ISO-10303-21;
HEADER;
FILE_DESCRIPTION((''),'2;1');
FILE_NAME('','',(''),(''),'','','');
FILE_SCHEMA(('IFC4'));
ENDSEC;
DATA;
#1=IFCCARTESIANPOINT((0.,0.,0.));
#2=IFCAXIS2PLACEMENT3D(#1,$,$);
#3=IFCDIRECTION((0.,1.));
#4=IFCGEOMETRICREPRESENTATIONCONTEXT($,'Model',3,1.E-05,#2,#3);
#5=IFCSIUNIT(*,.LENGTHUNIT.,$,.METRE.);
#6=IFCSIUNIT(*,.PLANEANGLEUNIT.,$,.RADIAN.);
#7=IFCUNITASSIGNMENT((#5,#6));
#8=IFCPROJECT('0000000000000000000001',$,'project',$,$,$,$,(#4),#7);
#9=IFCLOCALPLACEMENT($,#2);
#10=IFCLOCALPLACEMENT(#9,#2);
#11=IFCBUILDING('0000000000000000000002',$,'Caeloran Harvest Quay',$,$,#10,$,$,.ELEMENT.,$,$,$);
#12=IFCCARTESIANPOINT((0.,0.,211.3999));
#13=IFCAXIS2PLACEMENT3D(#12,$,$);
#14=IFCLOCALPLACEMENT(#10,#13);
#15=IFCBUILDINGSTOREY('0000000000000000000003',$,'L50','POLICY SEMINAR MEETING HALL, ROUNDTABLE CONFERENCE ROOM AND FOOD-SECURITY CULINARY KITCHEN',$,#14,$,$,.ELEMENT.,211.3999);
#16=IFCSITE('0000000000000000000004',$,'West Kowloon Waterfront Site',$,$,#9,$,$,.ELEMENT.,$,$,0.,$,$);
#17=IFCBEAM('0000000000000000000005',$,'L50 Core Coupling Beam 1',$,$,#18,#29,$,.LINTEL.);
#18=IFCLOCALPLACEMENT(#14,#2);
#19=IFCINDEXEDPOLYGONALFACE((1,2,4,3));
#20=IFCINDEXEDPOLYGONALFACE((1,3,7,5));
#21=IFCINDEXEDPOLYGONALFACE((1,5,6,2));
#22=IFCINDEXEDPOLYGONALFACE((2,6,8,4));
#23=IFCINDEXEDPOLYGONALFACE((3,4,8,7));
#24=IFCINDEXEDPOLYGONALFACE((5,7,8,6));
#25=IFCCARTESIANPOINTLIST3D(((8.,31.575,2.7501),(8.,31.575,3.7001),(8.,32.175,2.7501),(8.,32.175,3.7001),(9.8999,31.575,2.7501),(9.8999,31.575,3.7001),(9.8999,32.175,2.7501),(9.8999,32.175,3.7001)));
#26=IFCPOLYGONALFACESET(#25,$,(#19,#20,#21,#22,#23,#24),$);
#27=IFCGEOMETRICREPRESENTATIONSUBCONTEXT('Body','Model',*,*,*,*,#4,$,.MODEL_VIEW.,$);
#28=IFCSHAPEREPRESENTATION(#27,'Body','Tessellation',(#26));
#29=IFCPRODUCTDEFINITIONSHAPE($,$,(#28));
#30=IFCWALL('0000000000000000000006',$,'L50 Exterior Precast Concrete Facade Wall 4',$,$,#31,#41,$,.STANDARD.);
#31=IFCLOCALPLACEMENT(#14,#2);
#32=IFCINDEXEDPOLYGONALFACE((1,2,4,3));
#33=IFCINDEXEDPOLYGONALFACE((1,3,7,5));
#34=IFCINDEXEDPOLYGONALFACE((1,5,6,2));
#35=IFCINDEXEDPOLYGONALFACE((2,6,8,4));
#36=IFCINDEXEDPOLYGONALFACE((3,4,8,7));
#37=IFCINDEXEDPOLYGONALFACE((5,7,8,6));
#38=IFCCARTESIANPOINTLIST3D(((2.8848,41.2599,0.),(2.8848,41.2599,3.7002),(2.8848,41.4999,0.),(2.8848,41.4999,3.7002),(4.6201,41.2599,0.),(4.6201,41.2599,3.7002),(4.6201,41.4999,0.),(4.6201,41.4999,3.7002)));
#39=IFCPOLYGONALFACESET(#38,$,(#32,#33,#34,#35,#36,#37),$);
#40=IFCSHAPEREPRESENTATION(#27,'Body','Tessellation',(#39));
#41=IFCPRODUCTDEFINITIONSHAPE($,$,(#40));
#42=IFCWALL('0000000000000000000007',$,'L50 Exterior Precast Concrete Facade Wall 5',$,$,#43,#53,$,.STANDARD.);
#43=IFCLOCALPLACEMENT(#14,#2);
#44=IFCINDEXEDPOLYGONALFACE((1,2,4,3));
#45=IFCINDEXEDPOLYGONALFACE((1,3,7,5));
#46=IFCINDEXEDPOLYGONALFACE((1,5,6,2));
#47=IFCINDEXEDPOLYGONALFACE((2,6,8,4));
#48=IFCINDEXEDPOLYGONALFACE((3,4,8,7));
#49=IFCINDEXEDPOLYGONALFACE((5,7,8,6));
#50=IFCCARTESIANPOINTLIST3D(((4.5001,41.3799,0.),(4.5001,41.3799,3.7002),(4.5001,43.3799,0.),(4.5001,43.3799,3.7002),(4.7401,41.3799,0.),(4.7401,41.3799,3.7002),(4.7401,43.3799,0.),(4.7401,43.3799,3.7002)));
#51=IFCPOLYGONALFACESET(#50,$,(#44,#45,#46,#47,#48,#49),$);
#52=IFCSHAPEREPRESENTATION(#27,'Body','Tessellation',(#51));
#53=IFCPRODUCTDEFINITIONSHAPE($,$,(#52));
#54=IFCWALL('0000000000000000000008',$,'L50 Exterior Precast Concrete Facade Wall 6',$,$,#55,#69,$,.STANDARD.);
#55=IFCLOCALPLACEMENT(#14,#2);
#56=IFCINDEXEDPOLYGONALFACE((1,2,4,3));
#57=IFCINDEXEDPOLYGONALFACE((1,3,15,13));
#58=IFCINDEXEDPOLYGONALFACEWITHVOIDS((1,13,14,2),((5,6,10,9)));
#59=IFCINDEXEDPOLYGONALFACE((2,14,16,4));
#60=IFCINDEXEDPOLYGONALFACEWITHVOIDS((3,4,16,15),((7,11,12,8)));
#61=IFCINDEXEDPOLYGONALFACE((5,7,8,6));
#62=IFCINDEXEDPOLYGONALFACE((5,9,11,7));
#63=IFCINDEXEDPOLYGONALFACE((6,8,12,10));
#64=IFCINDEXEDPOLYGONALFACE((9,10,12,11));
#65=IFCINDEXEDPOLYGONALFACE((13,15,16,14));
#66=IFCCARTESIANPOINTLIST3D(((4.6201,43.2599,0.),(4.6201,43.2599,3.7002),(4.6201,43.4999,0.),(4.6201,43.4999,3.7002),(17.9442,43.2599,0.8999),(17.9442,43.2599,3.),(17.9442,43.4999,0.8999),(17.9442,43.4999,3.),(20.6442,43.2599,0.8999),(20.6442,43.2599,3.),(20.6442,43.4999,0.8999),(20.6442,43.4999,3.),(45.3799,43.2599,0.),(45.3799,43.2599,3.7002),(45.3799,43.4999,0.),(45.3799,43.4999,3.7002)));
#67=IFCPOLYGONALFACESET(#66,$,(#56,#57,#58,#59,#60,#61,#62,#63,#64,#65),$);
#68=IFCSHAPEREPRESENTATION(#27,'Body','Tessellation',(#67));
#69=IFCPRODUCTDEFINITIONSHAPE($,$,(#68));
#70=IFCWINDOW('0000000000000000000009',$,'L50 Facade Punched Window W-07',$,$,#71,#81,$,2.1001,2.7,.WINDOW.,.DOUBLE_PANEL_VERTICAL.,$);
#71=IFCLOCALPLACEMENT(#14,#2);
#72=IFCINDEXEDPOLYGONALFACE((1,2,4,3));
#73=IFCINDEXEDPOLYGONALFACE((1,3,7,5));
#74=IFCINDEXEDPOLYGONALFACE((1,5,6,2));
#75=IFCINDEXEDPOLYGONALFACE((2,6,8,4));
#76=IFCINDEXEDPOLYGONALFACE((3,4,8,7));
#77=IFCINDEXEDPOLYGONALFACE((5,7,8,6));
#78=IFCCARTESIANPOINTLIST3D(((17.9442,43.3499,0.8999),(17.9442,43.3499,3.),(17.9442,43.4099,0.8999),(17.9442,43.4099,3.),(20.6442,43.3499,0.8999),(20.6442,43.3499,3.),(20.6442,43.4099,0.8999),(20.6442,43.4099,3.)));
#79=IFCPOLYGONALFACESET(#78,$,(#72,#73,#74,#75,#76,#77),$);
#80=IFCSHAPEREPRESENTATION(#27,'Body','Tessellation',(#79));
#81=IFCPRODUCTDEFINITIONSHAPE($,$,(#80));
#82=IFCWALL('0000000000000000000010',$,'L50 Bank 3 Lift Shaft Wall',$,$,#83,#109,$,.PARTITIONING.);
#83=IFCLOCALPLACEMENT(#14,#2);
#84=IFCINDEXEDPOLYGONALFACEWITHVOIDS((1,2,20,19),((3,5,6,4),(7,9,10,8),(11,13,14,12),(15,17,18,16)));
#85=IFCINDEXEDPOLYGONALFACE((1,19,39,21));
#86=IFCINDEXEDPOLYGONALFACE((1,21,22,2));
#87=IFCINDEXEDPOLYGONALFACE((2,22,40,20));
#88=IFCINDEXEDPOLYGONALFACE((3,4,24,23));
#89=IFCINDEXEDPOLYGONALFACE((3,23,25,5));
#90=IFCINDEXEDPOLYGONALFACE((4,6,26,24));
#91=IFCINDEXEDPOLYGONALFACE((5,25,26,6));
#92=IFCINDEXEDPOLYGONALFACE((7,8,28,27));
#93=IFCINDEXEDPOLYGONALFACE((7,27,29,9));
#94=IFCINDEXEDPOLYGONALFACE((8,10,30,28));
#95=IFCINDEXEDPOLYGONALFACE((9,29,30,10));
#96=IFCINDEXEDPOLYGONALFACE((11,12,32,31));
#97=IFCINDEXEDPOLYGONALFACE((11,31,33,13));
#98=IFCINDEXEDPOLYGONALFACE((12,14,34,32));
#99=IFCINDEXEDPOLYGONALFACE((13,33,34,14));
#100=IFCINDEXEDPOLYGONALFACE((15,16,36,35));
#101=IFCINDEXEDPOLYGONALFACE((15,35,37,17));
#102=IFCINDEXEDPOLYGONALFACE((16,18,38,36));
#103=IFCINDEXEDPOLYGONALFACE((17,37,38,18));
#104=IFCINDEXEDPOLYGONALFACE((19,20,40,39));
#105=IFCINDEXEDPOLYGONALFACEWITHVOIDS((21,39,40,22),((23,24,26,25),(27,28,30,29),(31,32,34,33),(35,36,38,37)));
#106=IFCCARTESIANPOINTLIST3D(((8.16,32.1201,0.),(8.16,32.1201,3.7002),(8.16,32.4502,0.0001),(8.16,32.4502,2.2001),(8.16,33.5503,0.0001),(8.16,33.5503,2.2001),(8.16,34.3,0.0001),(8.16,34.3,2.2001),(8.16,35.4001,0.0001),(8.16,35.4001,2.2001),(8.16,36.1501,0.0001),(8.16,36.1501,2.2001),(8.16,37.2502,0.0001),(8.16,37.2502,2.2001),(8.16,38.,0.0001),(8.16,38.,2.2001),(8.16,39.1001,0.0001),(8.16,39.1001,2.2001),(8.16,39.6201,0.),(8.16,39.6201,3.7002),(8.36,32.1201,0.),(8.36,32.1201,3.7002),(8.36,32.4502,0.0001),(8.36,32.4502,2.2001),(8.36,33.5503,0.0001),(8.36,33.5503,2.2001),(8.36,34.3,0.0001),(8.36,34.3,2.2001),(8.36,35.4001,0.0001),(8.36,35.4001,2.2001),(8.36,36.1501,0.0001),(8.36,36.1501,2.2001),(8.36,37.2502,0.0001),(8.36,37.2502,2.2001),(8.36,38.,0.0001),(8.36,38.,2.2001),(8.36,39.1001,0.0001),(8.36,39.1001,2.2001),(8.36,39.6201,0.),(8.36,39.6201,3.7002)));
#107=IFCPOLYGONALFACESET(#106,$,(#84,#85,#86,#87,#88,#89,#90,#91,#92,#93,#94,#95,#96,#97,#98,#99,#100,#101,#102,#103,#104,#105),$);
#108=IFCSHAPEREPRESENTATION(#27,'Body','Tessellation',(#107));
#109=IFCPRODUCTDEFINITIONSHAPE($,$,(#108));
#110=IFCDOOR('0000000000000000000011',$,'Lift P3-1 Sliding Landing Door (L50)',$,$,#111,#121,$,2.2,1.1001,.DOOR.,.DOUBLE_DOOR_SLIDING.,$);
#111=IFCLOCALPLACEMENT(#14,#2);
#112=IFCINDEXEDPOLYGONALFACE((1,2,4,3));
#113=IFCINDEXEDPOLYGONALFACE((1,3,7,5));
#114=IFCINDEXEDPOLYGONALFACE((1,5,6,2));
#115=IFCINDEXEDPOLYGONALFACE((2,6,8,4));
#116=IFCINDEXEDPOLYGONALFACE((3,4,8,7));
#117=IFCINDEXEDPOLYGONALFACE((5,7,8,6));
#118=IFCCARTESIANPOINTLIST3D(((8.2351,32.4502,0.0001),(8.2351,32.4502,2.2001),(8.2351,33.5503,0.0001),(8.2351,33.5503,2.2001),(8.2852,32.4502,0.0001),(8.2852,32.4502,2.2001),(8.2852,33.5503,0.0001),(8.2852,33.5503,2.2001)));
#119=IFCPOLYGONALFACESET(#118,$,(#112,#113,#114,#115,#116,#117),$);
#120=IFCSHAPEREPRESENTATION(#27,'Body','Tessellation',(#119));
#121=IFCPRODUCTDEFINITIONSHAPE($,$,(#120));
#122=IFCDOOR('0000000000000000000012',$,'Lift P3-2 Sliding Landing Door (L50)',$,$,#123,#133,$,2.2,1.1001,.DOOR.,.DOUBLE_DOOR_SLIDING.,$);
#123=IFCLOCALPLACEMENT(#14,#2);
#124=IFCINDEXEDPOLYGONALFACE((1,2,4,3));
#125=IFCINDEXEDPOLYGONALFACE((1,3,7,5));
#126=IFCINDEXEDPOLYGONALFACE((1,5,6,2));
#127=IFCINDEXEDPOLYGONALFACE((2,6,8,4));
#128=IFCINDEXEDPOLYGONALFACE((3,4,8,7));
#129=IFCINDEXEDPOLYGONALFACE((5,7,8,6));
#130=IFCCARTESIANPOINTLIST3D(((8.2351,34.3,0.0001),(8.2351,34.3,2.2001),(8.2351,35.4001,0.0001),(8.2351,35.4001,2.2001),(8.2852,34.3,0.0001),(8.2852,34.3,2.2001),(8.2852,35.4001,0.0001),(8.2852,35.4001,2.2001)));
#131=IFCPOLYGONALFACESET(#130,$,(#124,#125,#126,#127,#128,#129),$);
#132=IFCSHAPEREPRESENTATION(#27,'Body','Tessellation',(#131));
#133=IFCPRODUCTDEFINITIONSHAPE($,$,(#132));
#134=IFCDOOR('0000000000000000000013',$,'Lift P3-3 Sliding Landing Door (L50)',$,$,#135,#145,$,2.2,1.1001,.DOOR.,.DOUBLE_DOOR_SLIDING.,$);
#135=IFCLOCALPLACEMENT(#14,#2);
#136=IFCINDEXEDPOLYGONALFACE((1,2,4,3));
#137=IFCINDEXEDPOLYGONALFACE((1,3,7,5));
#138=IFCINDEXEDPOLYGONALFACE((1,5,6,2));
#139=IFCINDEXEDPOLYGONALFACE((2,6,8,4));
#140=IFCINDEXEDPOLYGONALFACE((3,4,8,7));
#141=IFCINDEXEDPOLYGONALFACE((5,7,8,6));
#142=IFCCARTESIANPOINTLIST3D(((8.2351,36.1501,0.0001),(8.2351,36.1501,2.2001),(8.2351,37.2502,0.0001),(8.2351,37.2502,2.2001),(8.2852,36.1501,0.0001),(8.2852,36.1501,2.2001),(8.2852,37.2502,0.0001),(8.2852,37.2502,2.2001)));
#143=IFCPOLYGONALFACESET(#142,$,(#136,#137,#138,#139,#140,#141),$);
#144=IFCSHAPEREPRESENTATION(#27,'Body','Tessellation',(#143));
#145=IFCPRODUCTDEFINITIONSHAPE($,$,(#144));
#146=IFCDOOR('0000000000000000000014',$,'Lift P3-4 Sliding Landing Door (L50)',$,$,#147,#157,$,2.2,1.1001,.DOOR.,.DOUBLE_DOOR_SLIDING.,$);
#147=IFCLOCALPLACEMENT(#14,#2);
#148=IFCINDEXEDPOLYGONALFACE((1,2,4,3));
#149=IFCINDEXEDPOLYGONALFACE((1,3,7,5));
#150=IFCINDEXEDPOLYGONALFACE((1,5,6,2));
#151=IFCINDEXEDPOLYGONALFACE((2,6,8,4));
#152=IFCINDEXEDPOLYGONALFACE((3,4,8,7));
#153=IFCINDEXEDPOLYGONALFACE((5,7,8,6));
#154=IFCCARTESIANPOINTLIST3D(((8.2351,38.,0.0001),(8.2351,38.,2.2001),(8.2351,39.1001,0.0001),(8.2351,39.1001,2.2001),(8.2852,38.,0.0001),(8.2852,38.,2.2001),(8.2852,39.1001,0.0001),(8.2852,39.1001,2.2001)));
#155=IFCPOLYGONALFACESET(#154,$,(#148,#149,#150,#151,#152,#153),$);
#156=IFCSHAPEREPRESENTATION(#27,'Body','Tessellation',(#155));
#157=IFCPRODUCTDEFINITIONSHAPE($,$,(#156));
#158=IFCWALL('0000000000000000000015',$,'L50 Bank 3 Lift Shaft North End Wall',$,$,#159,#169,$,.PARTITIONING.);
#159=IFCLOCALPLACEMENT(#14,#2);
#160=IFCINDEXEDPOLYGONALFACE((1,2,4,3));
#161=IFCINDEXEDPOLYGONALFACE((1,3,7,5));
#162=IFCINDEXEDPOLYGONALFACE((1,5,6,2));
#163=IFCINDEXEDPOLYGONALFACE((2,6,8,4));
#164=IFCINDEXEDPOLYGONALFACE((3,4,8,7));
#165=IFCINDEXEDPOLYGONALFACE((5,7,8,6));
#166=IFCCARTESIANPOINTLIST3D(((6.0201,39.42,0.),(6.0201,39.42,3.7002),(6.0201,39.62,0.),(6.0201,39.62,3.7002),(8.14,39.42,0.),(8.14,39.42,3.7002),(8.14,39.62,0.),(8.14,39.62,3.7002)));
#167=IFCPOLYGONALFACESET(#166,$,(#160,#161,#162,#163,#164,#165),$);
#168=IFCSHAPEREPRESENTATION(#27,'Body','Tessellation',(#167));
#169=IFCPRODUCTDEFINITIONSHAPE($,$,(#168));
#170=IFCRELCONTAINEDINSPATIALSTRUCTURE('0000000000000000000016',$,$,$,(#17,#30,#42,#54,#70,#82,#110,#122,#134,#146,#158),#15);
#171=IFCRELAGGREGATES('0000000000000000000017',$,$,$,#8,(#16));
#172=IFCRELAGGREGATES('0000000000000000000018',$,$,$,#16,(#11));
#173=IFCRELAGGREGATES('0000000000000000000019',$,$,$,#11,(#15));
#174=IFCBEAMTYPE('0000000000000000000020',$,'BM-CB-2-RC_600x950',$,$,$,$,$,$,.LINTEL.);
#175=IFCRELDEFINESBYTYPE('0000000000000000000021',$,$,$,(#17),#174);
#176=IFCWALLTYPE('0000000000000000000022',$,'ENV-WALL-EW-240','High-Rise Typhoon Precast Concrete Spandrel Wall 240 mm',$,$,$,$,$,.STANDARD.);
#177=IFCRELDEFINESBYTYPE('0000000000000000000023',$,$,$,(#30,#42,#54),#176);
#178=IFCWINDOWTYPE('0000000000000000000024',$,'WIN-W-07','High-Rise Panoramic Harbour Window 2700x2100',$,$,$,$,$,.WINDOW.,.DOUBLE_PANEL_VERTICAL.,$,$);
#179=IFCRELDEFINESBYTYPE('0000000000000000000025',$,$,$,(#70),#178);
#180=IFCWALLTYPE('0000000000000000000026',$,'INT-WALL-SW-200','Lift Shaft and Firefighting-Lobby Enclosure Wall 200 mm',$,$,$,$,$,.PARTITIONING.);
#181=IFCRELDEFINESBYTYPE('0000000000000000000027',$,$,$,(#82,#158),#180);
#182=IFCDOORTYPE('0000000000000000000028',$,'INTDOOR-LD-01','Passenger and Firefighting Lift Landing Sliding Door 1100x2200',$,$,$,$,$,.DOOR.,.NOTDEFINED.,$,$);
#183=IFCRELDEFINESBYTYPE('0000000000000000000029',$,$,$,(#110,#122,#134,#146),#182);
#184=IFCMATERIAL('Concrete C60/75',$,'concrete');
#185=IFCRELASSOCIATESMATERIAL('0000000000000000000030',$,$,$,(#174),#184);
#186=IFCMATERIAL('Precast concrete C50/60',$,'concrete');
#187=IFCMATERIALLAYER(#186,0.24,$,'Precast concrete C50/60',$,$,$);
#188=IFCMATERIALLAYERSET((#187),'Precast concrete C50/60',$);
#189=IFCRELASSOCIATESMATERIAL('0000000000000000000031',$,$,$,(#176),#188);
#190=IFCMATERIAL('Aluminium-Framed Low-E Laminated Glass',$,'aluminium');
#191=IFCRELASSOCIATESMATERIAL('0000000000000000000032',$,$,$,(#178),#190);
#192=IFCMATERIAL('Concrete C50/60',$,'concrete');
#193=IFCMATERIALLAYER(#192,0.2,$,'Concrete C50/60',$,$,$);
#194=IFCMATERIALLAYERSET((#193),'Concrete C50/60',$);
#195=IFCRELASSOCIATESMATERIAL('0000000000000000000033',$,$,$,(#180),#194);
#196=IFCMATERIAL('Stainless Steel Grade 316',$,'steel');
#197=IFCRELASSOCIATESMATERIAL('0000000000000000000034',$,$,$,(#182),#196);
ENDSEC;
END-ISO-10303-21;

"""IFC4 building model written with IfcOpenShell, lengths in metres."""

from ifc_helpers import new_model, si_unit, direction, frame, frame_2d, origin, origin_2d, place, context, subcontext, project, spatial, rectangle, extrude, material, layer, layer_set, material_profile, profile_set, type_object, element, fill, save


model = new_model("IFC4")

# Units and contexts
model_context = context("Model", 3, precision=1e-05, world=origin(), true_north=direction((0.0, 1.0)))
body_context = subcontext(model_context, "Body", "Model", "MODEL_VIEW")
ifc_project = project(units=[si_unit("LENGTHUNIT", "METRE"), si_unit("PLANEANGLEUNIT", "RADIAN")], contexts=[model_context])

# Site, building, storey
site_placement = place(None, origin())
site = spatial("IfcSite", under=ifc_project, at=site_placement, Name="West Kowloon Waterfront Site", CompositionType="ELEMENT", RefElevation=0.0)
building_placement = place(site_placement, origin())
building = spatial("IfcBuilding", under=site, at=building_placement, Name="Caeloran Harvest Quay", CompositionType="ELEMENT")
storey_placement = place(building_placement, frame((0.0, 0.0, 211.3999)))
storey = spatial("IfcBuildingStorey", under=building, at=storey_placement, Name="L50", Description="POLICY SEMINAR MEETING HALL, ROUNDTABLE CONFERENCE ROOM AND FOOD-SECURITY CULINARY KITCHEN", CompositionType="ELEMENT", Elevation=211.3999)

# Beam
ifc_material_1 = material(Name="Concrete C60/75", Category="concrete")
ifc_material_profile = material_profile(ifc_material_1, rectangle(XDim=0.6001, YDim=0.95, at=origin_2d()), Name="RC 600x950")
ifc_profile_set = profile_set([ifc_material_profile], Name="Concrete C60/75")
beam_type = type_object("IfcBeamType", Name="BM-CB-2-RC_600x950", PredefinedType="LINTEL", material=ifc_profile_set)
beam_placement = place(storey_placement, frame((8.0, 31.875, 3.2251), z_axis=(1.0, 0.0, 0.0), x_axis=(0.0, 1.0, 0.0)))
element("IfcBeam", 1, at=beam_placement, inside=storey, type_object=beam_type, Name="L50 Core Coupling Beam 1", PredefinedType="LINTEL", context=body_context, shape_type="SweptSolid", body=[
    extrude(rectangle(XDim=0.6001, YDim=0.95, at=origin_2d()), origin(), (0.0, 0.0, 1.0), 1.8999),
])

# Walls
ifc_material_2 = material(Name="Precast concrete C50/60", Category="concrete")
ifc_layer_1 = layer(ifc_material_2, 0.24, Name="Precast concrete C50/60")
ifc_layer_set_1 = layer_set([ifc_layer_1], Name="Precast concrete C50/60")
wall_type_1 = type_object("IfcWallType", Name="ENV-WALL-EW-240", Description="High-Rise Typhoon Precast Concrete Spandrel Wall 240 mm", PredefinedType="STANDARD", material=ifc_layer_set_1)
wall_1_placement = place(storey_placement, frame((2.8848, 41.3799, 0.0), z_axis=(0.0, 0.0, 1.0), x_axis=(1.0, 0.0, 0.0)))
element("IfcWall", 2, at=wall_1_placement, inside=storey, type_object=wall_type_1, Name="L50 Exterior Precast Concrete Facade Wall 4", PredefinedType="STANDARD", context=body_context, shape_type="SweptSolid", body=[
    extrude(rectangle(XDim=1.7354, YDim=0.24, at=frame_2d((0.8677, 0.0))), origin(), (0.0, 0.0, 1.0), 3.7002),
])
wall_2_placement = place(storey_placement, frame((4.6201, 41.3799, 0.0), z_axis=(0.0, 0.0, 1.0), x_axis=(0.0, 1.0, 0.0)))
element("IfcWall", 3, at=wall_2_placement, inside=storey, type_object=wall_type_1, Name="L50 Exterior Precast Concrete Facade Wall 5", PredefinedType="STANDARD", context=body_context, shape_type="SweptSolid", body=[
    extrude(rectangle(XDim=2.0, YDim=0.24, at=frame_2d((1.0, 0.0))), origin(), (0.0, 0.0, 1.0), 3.7002),
])

# Wall, opening, window
wall_3_placement = place(storey_placement, frame((4.6201, 43.3799, 0.0), z_axis=(0.0, 0.0, 1.0), x_axis=(1.0, 0.0, 0.0)))
wall_3 = element("IfcWall", 4, at=wall_3_placement, inside=storey, type_object=wall_type_1, Name="L50 Exterior Precast Concrete Facade Wall 6", PredefinedType="STANDARD", context=body_context, shape_type="SweptSolid", body=[
    extrude(rectangle(XDim=40.7598, YDim=0.24, at=frame_2d((20.3799, 0.0))), origin(), (0.0, 0.0, 1.0), 3.7002),
])
opening_1_placement = place(wall_3_placement, frame((13.324, 0.0, 0.8999)))
opening_1 = element("IfcOpeningElement", 5, at=opening_1_placement, cuts=wall_3, PredefinedType="OPENING", context=body_context, shape_type="SweptSolid", body=[
    extrude(rectangle(XDim=2.7, YDim=2.1001, at=frame_2d((1.3501, 1.05))), frame((0.0, 0.1299, 0.0), z_axis=(0.0, -1.0, 0.0), x_axis=(1.0, 0.0, 0.0)), (0.0, 0.0, 1.0), 0.26),
])
ifc_material_3 = material(Name="Aluminium-Framed Low-E Laminated Glass", Category="aluminium")
window_type = type_object("IfcWindowType", Name="WIN-W-07", Description="High-Rise Panoramic Harbour Window 2700x2100", PartitioningType="DOUBLE_PANEL_VERTICAL", PredefinedType="WINDOW", material=ifc_material_3)
window_placement = place(opening_1_placement, origin())
window = element("IfcWindow", 6, at=window_placement, inside=storey, type_object=window_type, Name="L50 Facade Punched Window W-07", OverallHeight=2.1001, OverallWidth=2.7, PartitioningType="DOUBLE_PANEL_VERTICAL", PredefinedType="WINDOW", context=body_context, shape_type="SweptSolid", body=[
    extrude(rectangle(XDim=2.7, YDim=2.1001, at=frame_2d((1.3501, 1.05))), frame((0.0, 0.03, 0.0), z_axis=(0.0, -1.0, 0.0), x_axis=(1.0, 0.0, 0.0)), (0.0, 0.0, 1.0), 0.0601),
])
fill(opening_1, window)

# Wall, openings, doors
ifc_material_4 = material(Name="Concrete C50/60", Category="concrete")
ifc_layer_2 = layer(ifc_material_4, 0.2, Name="Concrete C50/60")
ifc_layer_set_2 = layer_set([ifc_layer_2], Name="Concrete C50/60")
wall_type_2 = type_object("IfcWallType", Name="INT-WALL-SW-200", Description="Lift Shaft and Firefighting-Lobby Enclosure Wall 200 mm", PredefinedType="PARTITIONING", material=ifc_layer_set_2)
wall_4_placement = place(storey_placement, frame((8.26, 32.1201, 0.0), z_axis=(0.0, 0.0, 1.0), x_axis=(0.0, 1.0, 0.0)))
wall_4 = element("IfcWall", 7, at=wall_4_placement, inside=storey, type_object=wall_type_2, Name="L50 Bank 3 Lift Shaft Wall", PredefinedType="PARTITIONING", context=body_context, shape_type="SweptSolid", body=[
    extrude(rectangle(XDim=7.5, YDim=0.2, at=frame_2d((3.75, 0.0))), origin(), (0.0, 0.0, 1.0), 3.7002),
])
opening_2_placement = place(wall_4_placement, frame((0.3301, 0.0, 0.0)))
opening_2 = element("IfcOpeningElement", 8, at=opening_2_placement, cuts=wall_4, PredefinedType="OPENING", context=body_context, shape_type="SweptSolid", body=[
    extrude(rectangle(XDim=1.1001, YDim=2.2, at=frame_2d((0.55, 1.1001))), frame((0.0, 0.1099, 0.0), z_axis=(0.0, -1.0, 0.0), x_axis=(1.0, 0.0, 0.0)), (0.0, 0.0, 1.0), 0.22),
])
opening_3_placement = place(wall_4_placement, frame((2.1799, 0.0, 0.0)))
opening_3 = element("IfcOpeningElement", 9, at=opening_3_placement, cuts=wall_4, PredefinedType="OPENING", context=body_context, shape_type="SweptSolid", body=[
    extrude(rectangle(XDim=1.1001, YDim=2.2, at=frame_2d((0.55, 1.1001))), frame((0.0, 0.1099, 0.0), z_axis=(0.0, -1.0, 0.0), x_axis=(1.0, 0.0, 0.0)), (0.0, 0.0, 1.0), 0.22),
])
opening_4_placement = place(wall_4_placement, frame((4.03, 0.0, 0.0)))
opening_4 = element("IfcOpeningElement", 10, at=opening_4_placement, cuts=wall_4, PredefinedType="OPENING", context=body_context, shape_type="SweptSolid", body=[
    extrude(rectangle(XDim=1.1001, YDim=2.2, at=frame_2d((0.55, 1.1001))), frame((0.0, 0.1099, 0.0), z_axis=(0.0, -1.0, 0.0), x_axis=(1.0, 0.0, 0.0)), (0.0, 0.0, 1.0), 0.22),
])
opening_5_placement = place(wall_4_placement, frame((5.8799, 0.0, 0.0)))
opening_5 = element("IfcOpeningElement", 11, at=opening_5_placement, cuts=wall_4, PredefinedType="OPENING", context=body_context, shape_type="SweptSolid", body=[
    extrude(rectangle(XDim=1.1001, YDim=2.2, at=frame_2d((0.55, 1.1001))), frame((0.0, 0.1099, 0.0), z_axis=(0.0, -1.0, 0.0), x_axis=(1.0, 0.0, 0.0)), (0.0, 0.0, 1.0), 0.22),
])
ifc_material_5 = material(Name="Stainless Steel Grade 316", Category="steel")
door_type_1 = type_object("IfcDoorType", Name="INTDOOR-LD-01", Description="Passenger and Firefighting Lift Landing Sliding Door 1100x2200", OperationType="NOTDEFINED", PredefinedType="DOOR", material=ifc_material_5)
door_1_placement = place(opening_2_placement, origin())
door_1 = element("IfcDoor", 12, at=door_1_placement, inside=storey, type_object=door_type_1, Name="Lift P3-1 Sliding Landing Door (L50)", OperationType="DOUBLE_DOOR_SLIDING", OverallHeight=2.2, OverallWidth=1.1001, PredefinedType="DOOR", context=body_context, shape_type="SweptSolid", body=[
    extrude(rectangle(XDim=1.1001, YDim=2.2, at=frame_2d((0.55, 1.1001))), frame((0.0, 0.0249, 0.0), z_axis=(0.0, -1.0, 0.0), x_axis=(1.0, 0.0, 0.0)), (0.0, 0.0, 1.0), 0.05),
])
fill(opening_2, door_1)
door_2_placement = place(opening_3_placement, origin())
door_2 = element("IfcDoor", 13, at=door_2_placement, inside=storey, type_object=door_type_1, Name="Lift P3-2 Sliding Landing Door (L50)", OperationType="DOUBLE_DOOR_SLIDING", OverallHeight=2.2, OverallWidth=1.1001, PredefinedType="DOOR", context=body_context, shape_type="SweptSolid", body=[
    extrude(rectangle(XDim=1.1001, YDim=2.2, at=frame_2d((0.55, 1.1001))), frame((0.0, 0.0249, 0.0), z_axis=(0.0, -1.0, 0.0), x_axis=(1.0, 0.0, 0.0)), (0.0, 0.0, 1.0), 0.05),
])
fill(opening_3, door_2)
door_3_placement = place(opening_4_placement, origin())
door_3 = element("IfcDoor", 14, at=door_3_placement, inside=storey, type_object=door_type_1, Name="Lift P3-3 Sliding Landing Door (L50)", OperationType="DOUBLE_DOOR_SLIDING", OverallHeight=2.2, OverallWidth=1.1001, PredefinedType="DOOR", context=body_context, shape_type="SweptSolid", body=[
    extrude(rectangle(XDim=1.1001, YDim=2.2, at=frame_2d((0.55, 1.1001))), frame((0.0, 0.0249, 0.0), z_axis=(0.0, -1.0, 0.0), x_axis=(1.0, 0.0, 0.0)), (0.0, 0.0, 1.0), 0.05),
])
fill(opening_4, door_3)
door_4_placement = place(opening_5_placement, origin())
door_4 = element("IfcDoor", 15, at=door_4_placement, inside=storey, type_object=door_type_1, Name="Lift P3-4 Sliding Landing Door (L50)", OperationType="DOUBLE_DOOR_SLIDING", OverallHeight=2.2, OverallWidth=1.1001, PredefinedType="DOOR", context=body_context, shape_type="SweptSolid", body=[
    extrude(rectangle(XDim=1.1001, YDim=2.2, at=frame_2d((0.55, 1.1001))), frame((0.0, 0.0249, 0.0), z_axis=(0.0, -1.0, 0.0), x_axis=(1.0, 0.0, 0.0)), (0.0, 0.0, 1.0), 0.05),
])
fill(opening_5, door_4)

# Wall
wall_5_placement = place(storey_placement, frame((6.02, 39.52, 0.0), z_axis=(0.0, 0.0, 1.0), x_axis=(1.0, 0.0, 0.0)))
element("IfcWall", 16, at=wall_5_placement, inside=storey, type_object=wall_type_2, Name="L50 Bank 3 Lift Shaft North End Wall", PredefinedType="PARTITIONING", context=body_context, shape_type="SweptSolid", body=[
    extrude(rectangle(XDim=2.1199, YDim=0.2, at=frame_2d((1.0601, 0.0))), origin(), (0.0, 0.0, 1.0), 3.7002),
])

save(model, "model.ifc")
